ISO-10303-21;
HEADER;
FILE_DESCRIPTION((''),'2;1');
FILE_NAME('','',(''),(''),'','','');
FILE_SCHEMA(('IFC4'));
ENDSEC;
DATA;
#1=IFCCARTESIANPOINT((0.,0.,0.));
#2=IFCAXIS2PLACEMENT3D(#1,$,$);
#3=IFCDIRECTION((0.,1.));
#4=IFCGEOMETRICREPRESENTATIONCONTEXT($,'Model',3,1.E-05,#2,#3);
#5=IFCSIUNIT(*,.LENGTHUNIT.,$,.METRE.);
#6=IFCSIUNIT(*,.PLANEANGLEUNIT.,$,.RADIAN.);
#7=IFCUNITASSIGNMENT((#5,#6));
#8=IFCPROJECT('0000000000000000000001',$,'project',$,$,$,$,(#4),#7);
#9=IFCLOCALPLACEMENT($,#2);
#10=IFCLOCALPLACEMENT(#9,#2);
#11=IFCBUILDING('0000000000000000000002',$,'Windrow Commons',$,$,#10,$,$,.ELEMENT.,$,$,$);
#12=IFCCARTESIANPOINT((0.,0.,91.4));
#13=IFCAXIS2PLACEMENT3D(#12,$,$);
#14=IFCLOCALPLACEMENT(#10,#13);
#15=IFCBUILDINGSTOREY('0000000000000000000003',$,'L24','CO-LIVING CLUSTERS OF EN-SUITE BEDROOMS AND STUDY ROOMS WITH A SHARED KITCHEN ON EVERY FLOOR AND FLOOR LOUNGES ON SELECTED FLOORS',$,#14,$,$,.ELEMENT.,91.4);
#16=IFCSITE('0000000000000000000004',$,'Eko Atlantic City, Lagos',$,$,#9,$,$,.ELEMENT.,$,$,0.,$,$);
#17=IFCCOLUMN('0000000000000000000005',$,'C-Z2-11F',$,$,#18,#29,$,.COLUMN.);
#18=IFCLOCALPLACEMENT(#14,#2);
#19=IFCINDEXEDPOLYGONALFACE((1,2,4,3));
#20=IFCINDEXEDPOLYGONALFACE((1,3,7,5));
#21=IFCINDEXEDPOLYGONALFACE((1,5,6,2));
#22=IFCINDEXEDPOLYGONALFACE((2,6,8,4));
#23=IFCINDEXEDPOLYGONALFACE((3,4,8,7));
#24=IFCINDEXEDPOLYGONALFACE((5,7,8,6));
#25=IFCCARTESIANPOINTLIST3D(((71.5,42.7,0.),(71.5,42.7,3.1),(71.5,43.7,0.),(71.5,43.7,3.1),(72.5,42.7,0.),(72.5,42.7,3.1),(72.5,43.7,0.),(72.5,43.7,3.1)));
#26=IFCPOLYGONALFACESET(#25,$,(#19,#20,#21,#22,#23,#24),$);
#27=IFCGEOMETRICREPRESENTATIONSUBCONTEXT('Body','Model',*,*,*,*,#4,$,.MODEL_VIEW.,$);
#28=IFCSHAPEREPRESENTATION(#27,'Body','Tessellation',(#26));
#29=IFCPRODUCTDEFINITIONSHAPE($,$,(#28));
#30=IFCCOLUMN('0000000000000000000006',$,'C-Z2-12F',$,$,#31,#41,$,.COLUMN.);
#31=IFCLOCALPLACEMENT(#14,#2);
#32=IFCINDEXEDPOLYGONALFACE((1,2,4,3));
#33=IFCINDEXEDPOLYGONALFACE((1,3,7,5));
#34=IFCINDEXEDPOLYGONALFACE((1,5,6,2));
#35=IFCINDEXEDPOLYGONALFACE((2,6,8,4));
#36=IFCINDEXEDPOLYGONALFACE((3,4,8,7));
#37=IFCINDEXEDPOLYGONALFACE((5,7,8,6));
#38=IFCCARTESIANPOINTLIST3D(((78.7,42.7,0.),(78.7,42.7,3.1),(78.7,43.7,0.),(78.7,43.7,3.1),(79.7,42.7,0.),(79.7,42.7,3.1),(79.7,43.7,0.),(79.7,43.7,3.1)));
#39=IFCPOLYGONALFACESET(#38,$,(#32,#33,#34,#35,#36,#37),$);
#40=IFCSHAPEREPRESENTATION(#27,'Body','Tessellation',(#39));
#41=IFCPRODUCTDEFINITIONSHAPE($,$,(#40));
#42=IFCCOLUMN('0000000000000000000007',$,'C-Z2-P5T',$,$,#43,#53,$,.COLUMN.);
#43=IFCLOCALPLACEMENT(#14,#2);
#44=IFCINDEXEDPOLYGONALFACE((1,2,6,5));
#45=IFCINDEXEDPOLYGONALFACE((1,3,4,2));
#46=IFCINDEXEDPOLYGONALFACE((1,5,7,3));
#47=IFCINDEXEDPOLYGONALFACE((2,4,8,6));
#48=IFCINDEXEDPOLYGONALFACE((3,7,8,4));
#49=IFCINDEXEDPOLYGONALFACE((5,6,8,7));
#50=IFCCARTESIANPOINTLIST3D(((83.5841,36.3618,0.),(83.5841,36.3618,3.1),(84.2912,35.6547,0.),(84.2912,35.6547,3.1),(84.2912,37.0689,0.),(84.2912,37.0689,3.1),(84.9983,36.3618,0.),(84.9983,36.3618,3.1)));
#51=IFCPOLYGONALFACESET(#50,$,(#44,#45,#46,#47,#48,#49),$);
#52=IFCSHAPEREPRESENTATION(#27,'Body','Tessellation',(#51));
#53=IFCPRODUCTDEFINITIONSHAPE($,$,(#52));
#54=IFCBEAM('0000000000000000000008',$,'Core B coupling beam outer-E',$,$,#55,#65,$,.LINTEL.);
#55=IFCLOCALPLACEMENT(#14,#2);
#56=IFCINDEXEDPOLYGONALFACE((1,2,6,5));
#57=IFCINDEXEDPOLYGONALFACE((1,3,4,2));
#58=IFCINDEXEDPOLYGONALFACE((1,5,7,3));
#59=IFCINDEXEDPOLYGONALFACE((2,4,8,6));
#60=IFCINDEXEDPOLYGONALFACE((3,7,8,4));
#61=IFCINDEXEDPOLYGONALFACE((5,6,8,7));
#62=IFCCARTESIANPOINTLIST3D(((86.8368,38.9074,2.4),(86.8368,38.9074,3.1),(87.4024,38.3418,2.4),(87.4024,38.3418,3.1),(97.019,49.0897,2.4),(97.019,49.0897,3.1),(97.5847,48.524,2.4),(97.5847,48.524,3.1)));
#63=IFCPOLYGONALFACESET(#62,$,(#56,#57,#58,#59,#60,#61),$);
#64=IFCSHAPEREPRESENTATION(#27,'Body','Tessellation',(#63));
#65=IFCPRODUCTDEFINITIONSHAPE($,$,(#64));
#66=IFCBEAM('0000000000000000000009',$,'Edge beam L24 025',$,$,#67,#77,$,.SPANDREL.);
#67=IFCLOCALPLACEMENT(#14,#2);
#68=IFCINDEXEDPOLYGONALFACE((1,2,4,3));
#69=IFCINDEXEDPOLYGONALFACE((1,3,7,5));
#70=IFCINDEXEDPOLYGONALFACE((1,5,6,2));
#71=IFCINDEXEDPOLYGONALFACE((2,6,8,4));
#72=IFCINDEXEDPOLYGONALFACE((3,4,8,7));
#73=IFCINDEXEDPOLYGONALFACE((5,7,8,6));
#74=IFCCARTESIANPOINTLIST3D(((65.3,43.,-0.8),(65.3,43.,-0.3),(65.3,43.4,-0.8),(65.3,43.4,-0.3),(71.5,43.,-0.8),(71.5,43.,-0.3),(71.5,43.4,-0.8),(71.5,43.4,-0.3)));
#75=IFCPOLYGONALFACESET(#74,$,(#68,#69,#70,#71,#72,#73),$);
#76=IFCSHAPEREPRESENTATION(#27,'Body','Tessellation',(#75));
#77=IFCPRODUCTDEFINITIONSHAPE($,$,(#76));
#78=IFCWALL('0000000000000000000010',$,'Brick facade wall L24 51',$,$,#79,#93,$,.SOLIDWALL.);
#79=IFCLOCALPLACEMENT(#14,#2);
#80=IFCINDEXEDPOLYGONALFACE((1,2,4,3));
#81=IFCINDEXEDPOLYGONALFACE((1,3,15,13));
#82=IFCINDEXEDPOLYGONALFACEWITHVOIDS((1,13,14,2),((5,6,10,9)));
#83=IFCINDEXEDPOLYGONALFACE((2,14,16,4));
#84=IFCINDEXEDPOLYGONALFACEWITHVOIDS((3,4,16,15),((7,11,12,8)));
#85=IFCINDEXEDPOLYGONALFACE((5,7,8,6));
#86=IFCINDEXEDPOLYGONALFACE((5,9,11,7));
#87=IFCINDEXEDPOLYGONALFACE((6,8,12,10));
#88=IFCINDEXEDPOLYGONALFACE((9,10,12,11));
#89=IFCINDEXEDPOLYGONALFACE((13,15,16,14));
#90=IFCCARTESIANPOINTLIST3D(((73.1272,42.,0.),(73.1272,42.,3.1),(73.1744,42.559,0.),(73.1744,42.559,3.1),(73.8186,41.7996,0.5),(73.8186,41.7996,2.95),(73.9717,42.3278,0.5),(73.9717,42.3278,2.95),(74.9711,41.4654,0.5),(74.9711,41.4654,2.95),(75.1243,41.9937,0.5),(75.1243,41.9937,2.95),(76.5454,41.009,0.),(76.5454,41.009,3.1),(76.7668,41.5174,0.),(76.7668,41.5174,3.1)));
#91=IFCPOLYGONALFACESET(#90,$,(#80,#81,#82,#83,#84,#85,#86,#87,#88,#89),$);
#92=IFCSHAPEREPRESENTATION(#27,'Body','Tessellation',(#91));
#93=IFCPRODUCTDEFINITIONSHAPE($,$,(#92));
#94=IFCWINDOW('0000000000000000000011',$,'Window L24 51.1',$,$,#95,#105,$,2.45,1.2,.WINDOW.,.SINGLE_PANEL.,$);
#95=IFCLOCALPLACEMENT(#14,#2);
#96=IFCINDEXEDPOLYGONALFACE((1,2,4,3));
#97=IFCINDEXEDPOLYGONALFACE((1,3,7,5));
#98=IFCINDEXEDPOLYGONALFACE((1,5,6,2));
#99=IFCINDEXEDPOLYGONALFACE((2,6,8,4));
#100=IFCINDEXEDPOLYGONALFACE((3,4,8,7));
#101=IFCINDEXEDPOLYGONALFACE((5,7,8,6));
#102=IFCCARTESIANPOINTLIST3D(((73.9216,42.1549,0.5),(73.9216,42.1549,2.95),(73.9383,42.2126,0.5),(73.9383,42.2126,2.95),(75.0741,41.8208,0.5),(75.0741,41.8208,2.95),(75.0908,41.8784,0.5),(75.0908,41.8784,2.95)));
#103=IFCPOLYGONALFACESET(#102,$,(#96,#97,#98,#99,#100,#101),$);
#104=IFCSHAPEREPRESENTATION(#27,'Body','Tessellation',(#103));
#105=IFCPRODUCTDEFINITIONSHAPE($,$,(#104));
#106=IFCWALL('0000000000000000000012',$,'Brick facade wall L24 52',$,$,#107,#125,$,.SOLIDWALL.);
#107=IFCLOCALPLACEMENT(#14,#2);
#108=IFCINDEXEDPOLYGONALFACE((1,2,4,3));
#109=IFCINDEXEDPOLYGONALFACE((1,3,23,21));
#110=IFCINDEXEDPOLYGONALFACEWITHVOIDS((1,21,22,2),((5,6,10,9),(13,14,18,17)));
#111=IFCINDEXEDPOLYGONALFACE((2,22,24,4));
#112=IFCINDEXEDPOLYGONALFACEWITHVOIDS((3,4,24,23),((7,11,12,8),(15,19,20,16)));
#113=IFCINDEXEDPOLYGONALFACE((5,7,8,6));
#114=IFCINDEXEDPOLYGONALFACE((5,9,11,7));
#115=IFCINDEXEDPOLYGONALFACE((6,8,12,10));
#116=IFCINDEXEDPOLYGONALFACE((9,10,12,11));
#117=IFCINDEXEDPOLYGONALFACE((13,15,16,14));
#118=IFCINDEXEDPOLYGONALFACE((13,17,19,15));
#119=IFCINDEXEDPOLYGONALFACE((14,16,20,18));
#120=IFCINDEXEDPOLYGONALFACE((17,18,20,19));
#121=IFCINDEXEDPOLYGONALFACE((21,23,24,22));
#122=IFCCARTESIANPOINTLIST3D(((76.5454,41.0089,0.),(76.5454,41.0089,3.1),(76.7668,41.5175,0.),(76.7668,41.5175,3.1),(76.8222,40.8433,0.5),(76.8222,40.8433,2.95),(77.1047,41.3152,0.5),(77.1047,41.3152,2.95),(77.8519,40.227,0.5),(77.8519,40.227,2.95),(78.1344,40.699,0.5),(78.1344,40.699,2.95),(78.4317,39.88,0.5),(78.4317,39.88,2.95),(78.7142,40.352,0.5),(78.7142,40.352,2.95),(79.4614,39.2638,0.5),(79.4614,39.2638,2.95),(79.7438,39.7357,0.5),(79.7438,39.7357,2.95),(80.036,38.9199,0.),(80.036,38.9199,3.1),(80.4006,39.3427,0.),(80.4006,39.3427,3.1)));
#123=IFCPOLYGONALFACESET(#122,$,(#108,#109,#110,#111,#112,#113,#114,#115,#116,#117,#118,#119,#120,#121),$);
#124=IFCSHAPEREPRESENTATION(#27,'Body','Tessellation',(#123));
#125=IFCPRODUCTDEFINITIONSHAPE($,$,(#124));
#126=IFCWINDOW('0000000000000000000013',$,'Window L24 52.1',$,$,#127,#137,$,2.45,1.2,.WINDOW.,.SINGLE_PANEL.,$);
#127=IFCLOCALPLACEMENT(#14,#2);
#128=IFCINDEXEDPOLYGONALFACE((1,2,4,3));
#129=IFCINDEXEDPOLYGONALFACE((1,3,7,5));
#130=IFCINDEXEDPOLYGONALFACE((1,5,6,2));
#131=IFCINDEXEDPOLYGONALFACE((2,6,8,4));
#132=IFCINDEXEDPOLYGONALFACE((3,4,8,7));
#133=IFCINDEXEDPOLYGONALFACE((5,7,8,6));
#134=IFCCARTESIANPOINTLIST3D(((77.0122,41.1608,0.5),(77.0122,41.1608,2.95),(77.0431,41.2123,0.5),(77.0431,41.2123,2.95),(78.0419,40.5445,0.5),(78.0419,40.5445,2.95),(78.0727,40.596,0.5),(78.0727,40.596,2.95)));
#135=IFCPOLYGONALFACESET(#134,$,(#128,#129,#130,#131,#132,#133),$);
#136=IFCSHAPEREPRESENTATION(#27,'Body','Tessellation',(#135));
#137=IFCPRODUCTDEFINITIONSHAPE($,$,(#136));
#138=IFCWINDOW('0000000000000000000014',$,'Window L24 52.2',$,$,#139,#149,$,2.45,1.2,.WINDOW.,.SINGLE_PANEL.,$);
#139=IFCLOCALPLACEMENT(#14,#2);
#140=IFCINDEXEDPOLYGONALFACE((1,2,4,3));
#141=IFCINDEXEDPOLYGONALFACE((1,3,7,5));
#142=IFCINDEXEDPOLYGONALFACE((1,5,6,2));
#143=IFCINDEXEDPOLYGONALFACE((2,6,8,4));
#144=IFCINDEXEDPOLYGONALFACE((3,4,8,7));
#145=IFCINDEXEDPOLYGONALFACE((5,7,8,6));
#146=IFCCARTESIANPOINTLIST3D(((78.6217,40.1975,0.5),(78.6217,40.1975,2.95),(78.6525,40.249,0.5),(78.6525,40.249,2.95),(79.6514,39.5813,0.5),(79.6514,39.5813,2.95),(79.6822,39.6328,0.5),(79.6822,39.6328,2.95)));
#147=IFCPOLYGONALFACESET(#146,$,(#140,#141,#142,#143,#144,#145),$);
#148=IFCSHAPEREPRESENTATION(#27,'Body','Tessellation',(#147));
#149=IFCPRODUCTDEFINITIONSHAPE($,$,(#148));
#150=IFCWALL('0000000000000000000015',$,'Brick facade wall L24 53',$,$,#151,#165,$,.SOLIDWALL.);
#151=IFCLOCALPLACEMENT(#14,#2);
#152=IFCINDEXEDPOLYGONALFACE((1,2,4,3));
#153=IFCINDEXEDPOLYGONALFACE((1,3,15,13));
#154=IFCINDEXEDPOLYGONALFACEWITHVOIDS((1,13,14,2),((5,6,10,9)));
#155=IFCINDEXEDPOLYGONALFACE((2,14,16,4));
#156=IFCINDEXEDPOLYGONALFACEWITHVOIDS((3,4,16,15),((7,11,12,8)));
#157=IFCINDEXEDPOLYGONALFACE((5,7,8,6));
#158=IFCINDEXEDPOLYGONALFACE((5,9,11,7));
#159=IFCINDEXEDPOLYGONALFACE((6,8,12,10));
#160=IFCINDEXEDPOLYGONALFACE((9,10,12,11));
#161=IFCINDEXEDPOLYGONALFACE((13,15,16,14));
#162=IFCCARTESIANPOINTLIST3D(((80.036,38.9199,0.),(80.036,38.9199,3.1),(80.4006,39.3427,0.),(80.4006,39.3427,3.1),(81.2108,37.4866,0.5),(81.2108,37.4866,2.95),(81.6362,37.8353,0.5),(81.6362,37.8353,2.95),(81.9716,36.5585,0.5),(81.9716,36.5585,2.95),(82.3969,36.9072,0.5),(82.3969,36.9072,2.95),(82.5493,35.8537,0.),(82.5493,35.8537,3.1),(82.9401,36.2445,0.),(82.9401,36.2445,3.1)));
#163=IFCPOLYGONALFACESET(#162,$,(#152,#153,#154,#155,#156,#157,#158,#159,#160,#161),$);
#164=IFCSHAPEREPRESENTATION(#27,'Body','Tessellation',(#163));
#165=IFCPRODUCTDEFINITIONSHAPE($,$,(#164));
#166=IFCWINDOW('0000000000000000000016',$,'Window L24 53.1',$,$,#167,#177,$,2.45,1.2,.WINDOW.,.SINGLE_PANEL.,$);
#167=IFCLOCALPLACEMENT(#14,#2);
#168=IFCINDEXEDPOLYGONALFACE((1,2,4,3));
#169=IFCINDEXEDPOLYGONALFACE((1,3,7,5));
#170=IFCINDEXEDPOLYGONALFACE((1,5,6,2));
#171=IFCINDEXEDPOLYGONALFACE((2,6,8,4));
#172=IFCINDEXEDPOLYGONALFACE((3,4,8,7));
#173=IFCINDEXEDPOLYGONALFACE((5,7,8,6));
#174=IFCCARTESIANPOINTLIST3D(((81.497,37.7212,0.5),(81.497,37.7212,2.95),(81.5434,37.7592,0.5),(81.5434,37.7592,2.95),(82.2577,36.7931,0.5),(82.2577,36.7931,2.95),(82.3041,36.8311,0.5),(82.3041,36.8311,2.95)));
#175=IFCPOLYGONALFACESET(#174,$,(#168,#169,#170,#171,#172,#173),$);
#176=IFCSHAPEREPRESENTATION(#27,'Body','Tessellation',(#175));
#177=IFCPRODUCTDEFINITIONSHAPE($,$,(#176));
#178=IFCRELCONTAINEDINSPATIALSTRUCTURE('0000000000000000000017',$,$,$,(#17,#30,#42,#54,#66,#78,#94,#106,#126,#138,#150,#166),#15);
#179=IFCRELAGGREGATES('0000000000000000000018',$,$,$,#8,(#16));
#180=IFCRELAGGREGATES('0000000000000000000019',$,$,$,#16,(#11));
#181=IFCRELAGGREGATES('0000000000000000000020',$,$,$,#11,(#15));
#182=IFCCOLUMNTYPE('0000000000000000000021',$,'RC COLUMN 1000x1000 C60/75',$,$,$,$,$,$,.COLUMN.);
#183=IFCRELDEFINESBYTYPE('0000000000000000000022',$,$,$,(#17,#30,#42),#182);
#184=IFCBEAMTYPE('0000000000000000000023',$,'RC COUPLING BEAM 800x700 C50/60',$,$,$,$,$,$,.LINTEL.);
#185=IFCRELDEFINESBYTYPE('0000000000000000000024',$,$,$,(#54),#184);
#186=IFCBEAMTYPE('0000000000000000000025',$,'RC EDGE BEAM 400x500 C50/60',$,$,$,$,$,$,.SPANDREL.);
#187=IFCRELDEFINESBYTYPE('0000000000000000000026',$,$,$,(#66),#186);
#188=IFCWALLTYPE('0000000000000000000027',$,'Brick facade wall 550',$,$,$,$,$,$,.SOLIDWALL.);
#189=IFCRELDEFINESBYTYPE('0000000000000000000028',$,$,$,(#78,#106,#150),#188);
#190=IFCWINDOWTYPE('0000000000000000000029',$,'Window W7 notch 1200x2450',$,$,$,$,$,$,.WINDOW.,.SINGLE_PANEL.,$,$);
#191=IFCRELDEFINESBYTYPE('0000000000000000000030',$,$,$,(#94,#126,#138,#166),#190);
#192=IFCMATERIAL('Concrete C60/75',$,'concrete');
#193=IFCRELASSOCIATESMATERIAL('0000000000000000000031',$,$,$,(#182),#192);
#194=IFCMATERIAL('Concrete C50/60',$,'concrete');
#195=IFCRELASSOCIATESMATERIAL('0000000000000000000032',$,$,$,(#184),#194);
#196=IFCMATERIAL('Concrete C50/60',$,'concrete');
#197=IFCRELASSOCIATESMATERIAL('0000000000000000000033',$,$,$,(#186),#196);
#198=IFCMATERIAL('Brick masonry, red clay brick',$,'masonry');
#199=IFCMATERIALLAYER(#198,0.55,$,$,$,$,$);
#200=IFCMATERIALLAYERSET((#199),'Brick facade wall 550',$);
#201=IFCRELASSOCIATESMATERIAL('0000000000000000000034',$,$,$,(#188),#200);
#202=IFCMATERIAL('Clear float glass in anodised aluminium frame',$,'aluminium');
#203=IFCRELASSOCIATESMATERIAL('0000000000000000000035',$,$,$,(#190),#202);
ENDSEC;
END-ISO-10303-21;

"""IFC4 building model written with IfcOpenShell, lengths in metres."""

from ifc_helpers import new_model, si_unit, direction, frame, frame_2d, origin, origin_2d, place, context, subcontext, project, spatial, polyline, rectangle, outline, extrude, material, layer, layer_set, material_profile, profile_set, type_object, element, fill, save


model = new_model("IFC4")

# Units and contexts
model_context = context("Model", 3, precision=1e-05, world=origin(), true_north=direction((0.0, 1.0)))
body_context = subcontext(model_context, "Body", "Model", "MODEL_VIEW")
ifc_project = project(units=[si_unit("LENGTHUNIT", "METRE"), si_unit("PLANEANGLEUNIT", "RADIAN")], contexts=[model_context])

# Site, building, storey
site_placement = place(None, origin())
site = spatial("IfcSite", under=ifc_project, at=site_placement, Name="Eko Atlantic City, Lagos", CompositionType="ELEMENT", RefElevation=0.0)
building_placement = place(site_placement, origin())
building = spatial("IfcBuilding", under=site, at=building_placement, Name="Windrow Commons", CompositionType="ELEMENT")
storey_placement = place(building_placement, frame((0.0, 0.0, 91.4)))
storey = spatial("IfcBuildingStorey", under=building, at=storey_placement, Name="L24", Description="CO-LIVING CLUSTERS OF EN-SUITE BEDROOMS AND STUDY ROOMS WITH A SHARED KITCHEN ON EVERY FLOOR AND FLOOR LOUNGES ON SELECTED FLOORS", CompositionType="ELEMENT", Elevation=91.4)

# Columns
ifc_material_1 = material(Name="Concrete C60/75", Category="concrete")
ifc_material_profile_1 = material_profile(ifc_material_1, rectangle(XDim=1.0, YDim=1.0, at=origin_2d()))
ifc_profile_set_1 = profile_set([ifc_material_profile_1], Name="Concrete C60/75")
column_type = type_object("IfcColumnType", Name="RC COLUMN 1000x1000 C60/75", PredefinedType="COLUMN", material=ifc_profile_set_1)
for number, where, z_axis, x_axis, name in (
    (1, (72.0, 43.2, 0.0), (0.0, 0.0, 1.0), (1.0, 0.0, 0.0), "C-Z2-11F"),
    (2, (79.2, 43.2, 0.0), (0.0, 0.0, 1.0), (1.0, 0.0, 0.0), "C-Z2-12F"),
    (3, (84.2912, 36.3618, 0.0), (0.0, 0.0, 1.0), (0.707107, -0.707107, 0.0), "C-Z2-P5T"),
):
    element("IfcColumn", number, at=place(storey_placement, frame(where, z_axis=z_axis, x_axis=x_axis)), inside=storey, type_object=column_type, Name=name, PredefinedType="COLUMN", context=body_context, shape_type="SweptSolid", body=[
        extrude(rectangle(XDim=1.0, YDim=1.0, at=origin_2d()), origin(), (0.0, 0.0, 1.0), 3.1),
    ])

# Beams
ifc_material_2 = material(Name="Concrete C50/60", Category="concrete")
ifc_material_profile_2 = material_profile(ifc_material_2, rectangle(XDim=0.8, YDim=0.7, at=origin_2d()))
ifc_profile_set_2 = profile_set([ifc_material_profile_2], Name="Concrete C50/60")
beam_type_1 = type_object("IfcBeamType", Name="RC COUPLING BEAM 800x700 C50/60", PredefinedType="LINTEL", material=ifc_profile_set_2)
beam_1_placement = place(storey_placement, frame((87.1196, 38.6246, 2.75), z_axis=(0.707107, 0.707107, 0.0), x_axis=(-0.707107, 0.707107, 0.0)))
element("IfcBeam", 4, at=beam_1_placement, inside=storey, type_object=beam_type_1, Name="Core B coupling beam outer-E", PredefinedType="LINTEL", context=body_context, shape_type="SweptSolid", body=[
    extrude(rectangle(XDim=0.8, YDim=0.7, at=origin_2d()), origin(), (0.0, 0.0, 1.0), 14.3999),
])
ifc_material_3 = material(Name="Concrete C50/60", Category="concrete")
ifc_material_profile_3 = material_profile(ifc_material_3, rectangle(XDim=0.4, YDim=0.5, at=origin_2d()))
ifc_profile_set_3 = profile_set([ifc_material_profile_3], Name="Concrete C50/60")
beam_type_2 = type_object("IfcBeamType", Name="RC EDGE BEAM 400x500 C50/60", PredefinedType="SPANDREL", material=ifc_profile_set_3)
beam_2_placement = place(storey_placement, frame((71.5, 43.2, -0.55), z_axis=(-1.0, 0.0, 0.0), x_axis=(0.0, -1.0, 0.0)))
element("IfcBeam", 5, at=beam_2_placement, inside=storey, type_object=beam_type_2, Name="Edge beam L24 025", PredefinedType="SPANDREL", context=body_context, shape_type="SweptSolid", body=[
    extrude(rectangle(XDim=0.4, YDim=0.5, at=origin_2d()), origin(), (0.0, 0.0, 1.0), 6.2),
])

# Wall, opening, window
ifc_material_4 = material(Name="Brick masonry, red clay brick", Category="masonry")
ifc_layer_1 = layer(ifc_material_4, 0.55)
ifc_layer_set_1 = layer_set([ifc_layer_1], Name="Brick facade wall 550")
wall_type_1 = type_object("IfcWallType", Name="Brick facade wall 550", PredefinedType="SOLIDWALL", material=ifc_layer_set_1)
wall_1_placement = place(storey_placement, frame((73.1508, 42.2795, 0.0), z_axis=(0.0, 0.0, 1.0), x_axis=(0.960447, -0.278465, 0.0)))
wall_1 = element("IfcWall", 6, at=wall_1_placement, inside=storey, type_object=wall_type_1, Name="Brick facade wall L24 51", PredefinedType="SOLIDWALL", context=body_context, shape_type="SweptSolid", body=[
    extrude(outline(polyline([(0.0552, -0.275), (3.6141, -0.275), (3.6852, 0.275), (-0.0552, 0.275), (0.0552, -0.275)])), origin(), (0.0, 0.0, 1.0), 3.1),
])
opening_1_placement = place(wall_1_placement, frame((0.775, 0.0, 0.5)))
opening_1 = element("IfcOpeningElement", 7, at=opening_1_placement, cuts=wall_1, PredefinedType="OPENING", context=body_context, shape_type="SweptSolid", body=[
    extrude(rectangle(XDim=1.2, YDim=2.45, at=frame_2d((0.6, 1.225))), frame((0.0, 0.285, 0.0), z_axis=(0.0, -1.0, 0.0), x_axis=(1.0, 0.0, 0.0)), (0.0, 0.0, 1.0), 0.57),
])
ifc_material_5 = material(Name="Clear float glass in anodised aluminium frame", Category="aluminium")
window_type_1 = type_object("IfcWindowType", Name="Window W7 notch 1200x2450", PartitioningType="SINGLE_PANEL", PredefinedType="WINDOW", material=ifc_material_5)
window_1_placement = place(opening_1_placement, origin())
window_1 = element("IfcWindow", 8, at=window_1_placement, inside=storey, type_object=window_type_1, Name="Window L24 51.1", OverallHeight=2.45, OverallWidth=1.2, PartitioningType="SINGLE_PANEL", PredefinedType="WINDOW", context=body_context, shape_type="SweptSolid", body=[
    extrude(rectangle(XDim=1.2, YDim=2.45, at=frame_2d((0.6, 1.225))), frame((0.0, 0.155, 0.0), z_axis=(0.0, -1.0, 0.0), x_axis=(1.0, 0.0, 0.0)), (0.0, 0.0, 1.0), 0.06),
])
fill(opening_1, window_1)

# Wall, openings, windows
wall_2_placement = place(storey_placement, frame((76.6561, 41.2632, 0.0), z_axis=(0.0, 0.0, 1.0), x_axis=(0.858068, -0.513535, 0.0)))
wall_2 = element("IfcWall", 9, at=wall_2_placement, inside=storey, type_object=wall_type_1, Name="Brick facade wall L24 52", PredefinedType="SOLIDWALL", context=body_context, shape_type="SweptSolid", body=[
    extrude(outline(polyline([(0.0356, -0.275), (4.1035, -0.275), (4.1993, 0.275), (-0.0356, 0.275), (0.0356, -0.275)])), origin(), (0.0, 0.0, 1.0), 3.1),
])
opening_2_placement = place(wall_2_placement, frame((0.3582, 0.0, 0.5)))
opening_2 = element("IfcOpeningElement", 10, at=opening_2_placement, cuts=wall_2, PredefinedType="OPENING", context=body_context, shape_type="SweptSolid", body=[
    extrude(rectangle(XDim=1.2, YDim=2.45, at=frame_2d((0.6, 1.225))), frame((0.0, 0.285, 0.0), z_axis=(0.0, -1.0, 0.0), x_axis=(1.0, 0.0, 0.0)), (0.0, 0.0, 1.0), 0.57),
])
opening_3_placement = place(wall_2_placement, frame((2.2339, 0.0, 0.5)))
opening_3 = element("IfcOpeningElement", 11, at=opening_3_placement, cuts=wall_2, PredefinedType="OPENING", context=body_context, shape_type="SweptSolid", body=[
    extrude(rectangle(XDim=1.2, YDim=2.45, at=frame_2d((0.6, 1.225))), frame((0.0, 0.285, 0.0), z_axis=(0.0, -1.0, 0.0), x_axis=(1.0, 0.0, 0.0)), (0.0, 0.0, 1.0), 0.57),
])
window_2_placement = place(opening_2_placement, origin())
window_2 = element("IfcWindow", 12, at=window_2_placement, inside=storey, type_object=window_type_1, Name="Window L24 52.1", OverallHeight=2.45, OverallWidth=1.2, PartitioningType="SINGLE_PANEL", PredefinedType="WINDOW", context=body_context, shape_type="SweptSolid", body=[
    extrude(rectangle(XDim=1.2, YDim=2.45, at=frame_2d((0.6, 1.225))), frame((0.0, 0.155, 0.0), z_axis=(0.0, -1.0, 0.0), x_axis=(1.0, 0.0, 0.0)), (0.0, 0.0, 1.0), 0.06),
])
fill(opening_2, window_2)
window_3_placement = place(opening_3_placement, origin())
window_3 = element("IfcWindow", 13, at=window_3_placement, inside=storey, type_object=window_type_1, Name="Window L24 52.2", OverallHeight=2.45, OverallWidth=1.2, PartitioningType="SINGLE_PANEL", PredefinedType="WINDOW", context=body_context, shape_type="SweptSolid", body=[
    extrude(rectangle(XDim=1.2, YDim=2.45, at=frame_2d((0.6, 1.225))), frame((0.0, 0.155, 0.0), z_axis=(0.0, -1.0, 0.0), x_axis=(1.0, 0.0, 0.0)), (0.0, 0.0, 1.0), 0.06),
])
fill(opening_3, window_3)

# Wall, opening, window
wall_3_placement = place(storey_placement, frame((80.2183, 39.1313, 0.0), z_axis=(0.0, 0.0, 1.0), x_axis=(0.633929, -0.773391, 0.0)))
wall_3 = element("IfcWall", 14, at=wall_3_placement, inside=storey, type_object=wall_type_1, Name="Brick facade wall L24 53", PredefinedType="SOLIDWALL", context=body_context, shape_type="SweptSolid", body=[
    extrude(outline(polyline([(0.0479, -0.275), (4.0126, -0.275), (3.9581, 0.275), (-0.0479, 0.275), (0.0479, -0.275)])), origin(), (0.0, 0.0, 1.0), 3.1),
])
opening_4_placement = place(wall_3_placement, frame((1.9012, 0.0, 0.5)))
opening_4 = element("IfcOpeningElement", 15, at=opening_4_placement, cuts=wall_3, PredefinedType="OPENING", context=body_context, shape_type="SweptSolid", body=[
    extrude(rectangle(XDim=1.2, YDim=2.45, at=frame_2d((0.6, 1.225))), frame((0.0, 0.285, 0.0), z_axis=(0.0, -1.0, 0.0), x_axis=(1.0, 0.0, 0.0)), (0.0, 0.0, 1.0), 0.57),
])
window_4_placement = place(opening_4_placement, origin())
window_4 = element("IfcWindow", 16, at=window_4_placement, inside=storey, type_object=window_type_1, Name="Window L24 53.1", OverallHeight=2.45, OverallWidth=1.2, PartitioningType="SINGLE_PANEL", PredefinedType="WINDOW", context=body_context, shape_type="SweptSolid", body=[
    extrude(rectangle(XDim=1.2, YDim=2.45, at=frame_2d((0.6, 1.225))), frame((0.0, 0.155, 0.0), z_axis=(0.0, -1.0, 0.0), x_axis=(1.0, 0.0, 0.0)), (0.0, 0.0, 1.0), 0.06),
])
fill(opening_4, window_4)

save(model, "model.ifc")
